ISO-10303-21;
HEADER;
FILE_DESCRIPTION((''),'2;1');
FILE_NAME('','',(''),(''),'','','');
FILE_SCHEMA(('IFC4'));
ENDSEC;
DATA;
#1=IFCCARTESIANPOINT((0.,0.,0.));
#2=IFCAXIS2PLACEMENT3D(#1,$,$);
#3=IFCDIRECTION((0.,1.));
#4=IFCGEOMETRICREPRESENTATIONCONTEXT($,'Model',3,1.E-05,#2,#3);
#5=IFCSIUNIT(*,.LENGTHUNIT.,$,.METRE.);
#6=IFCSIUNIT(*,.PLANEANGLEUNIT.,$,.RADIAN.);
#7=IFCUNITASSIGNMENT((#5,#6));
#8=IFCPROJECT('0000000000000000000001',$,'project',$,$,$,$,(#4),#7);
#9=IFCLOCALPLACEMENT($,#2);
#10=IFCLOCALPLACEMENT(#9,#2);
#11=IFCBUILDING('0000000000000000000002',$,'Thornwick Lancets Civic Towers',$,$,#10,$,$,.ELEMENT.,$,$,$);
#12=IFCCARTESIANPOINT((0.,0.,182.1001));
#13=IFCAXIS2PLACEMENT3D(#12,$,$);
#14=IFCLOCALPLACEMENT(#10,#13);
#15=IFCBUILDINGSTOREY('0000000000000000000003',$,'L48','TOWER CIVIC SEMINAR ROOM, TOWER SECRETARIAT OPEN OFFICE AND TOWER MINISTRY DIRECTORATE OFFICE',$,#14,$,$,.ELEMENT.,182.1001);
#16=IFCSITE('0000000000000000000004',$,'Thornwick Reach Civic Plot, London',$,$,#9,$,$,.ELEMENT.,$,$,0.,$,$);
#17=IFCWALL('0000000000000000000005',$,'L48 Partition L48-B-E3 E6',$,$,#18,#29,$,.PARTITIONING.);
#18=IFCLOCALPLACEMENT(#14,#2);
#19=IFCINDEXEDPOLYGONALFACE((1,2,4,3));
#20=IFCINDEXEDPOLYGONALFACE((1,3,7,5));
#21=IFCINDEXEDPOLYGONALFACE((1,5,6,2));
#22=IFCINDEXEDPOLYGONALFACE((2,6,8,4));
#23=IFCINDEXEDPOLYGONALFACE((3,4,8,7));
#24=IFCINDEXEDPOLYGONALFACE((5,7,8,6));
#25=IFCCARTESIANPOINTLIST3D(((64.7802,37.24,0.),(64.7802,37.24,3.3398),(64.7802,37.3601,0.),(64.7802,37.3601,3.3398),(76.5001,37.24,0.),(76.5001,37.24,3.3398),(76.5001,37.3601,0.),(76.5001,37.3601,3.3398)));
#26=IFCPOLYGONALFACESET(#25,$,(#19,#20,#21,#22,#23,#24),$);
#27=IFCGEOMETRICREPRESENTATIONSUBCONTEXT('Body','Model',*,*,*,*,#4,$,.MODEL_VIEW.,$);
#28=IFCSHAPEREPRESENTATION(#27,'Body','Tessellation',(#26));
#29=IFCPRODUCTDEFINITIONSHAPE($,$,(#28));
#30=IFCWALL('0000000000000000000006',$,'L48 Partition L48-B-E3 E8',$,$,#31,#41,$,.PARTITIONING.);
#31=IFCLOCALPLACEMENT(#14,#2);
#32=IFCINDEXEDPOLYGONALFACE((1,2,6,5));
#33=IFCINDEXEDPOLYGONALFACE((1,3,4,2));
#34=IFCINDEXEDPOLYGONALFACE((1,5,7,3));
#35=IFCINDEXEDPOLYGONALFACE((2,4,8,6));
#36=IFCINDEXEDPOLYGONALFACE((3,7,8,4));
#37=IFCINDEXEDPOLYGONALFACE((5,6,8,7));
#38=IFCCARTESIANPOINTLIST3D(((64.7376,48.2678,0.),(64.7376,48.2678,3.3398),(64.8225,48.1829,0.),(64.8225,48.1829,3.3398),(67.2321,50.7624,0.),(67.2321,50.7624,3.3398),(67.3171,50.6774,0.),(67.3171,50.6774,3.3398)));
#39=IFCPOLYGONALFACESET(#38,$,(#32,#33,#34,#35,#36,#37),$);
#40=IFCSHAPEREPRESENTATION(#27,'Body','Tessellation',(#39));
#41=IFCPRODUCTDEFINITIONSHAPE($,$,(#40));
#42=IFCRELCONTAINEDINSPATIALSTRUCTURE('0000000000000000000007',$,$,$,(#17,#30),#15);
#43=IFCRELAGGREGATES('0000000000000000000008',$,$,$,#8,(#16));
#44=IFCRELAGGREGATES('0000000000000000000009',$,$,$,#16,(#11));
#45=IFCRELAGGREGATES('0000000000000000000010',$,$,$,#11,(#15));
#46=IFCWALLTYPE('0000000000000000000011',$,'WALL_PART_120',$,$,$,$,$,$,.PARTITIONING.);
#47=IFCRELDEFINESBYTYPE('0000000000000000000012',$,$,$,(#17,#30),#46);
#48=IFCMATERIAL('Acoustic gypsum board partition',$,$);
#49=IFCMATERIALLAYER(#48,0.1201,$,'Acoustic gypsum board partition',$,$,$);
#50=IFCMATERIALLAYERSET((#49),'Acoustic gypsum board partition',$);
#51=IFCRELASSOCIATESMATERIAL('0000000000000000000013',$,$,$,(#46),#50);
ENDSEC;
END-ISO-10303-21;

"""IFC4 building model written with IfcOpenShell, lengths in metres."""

from ifc_helpers import new_model, si_unit, direction, frame, frame_2d, origin, place, context, subcontext, project, spatial, rectangle, extrude, material, layer, layer_set, type_object, element, save


model = new_model("IFC4")

# Units and contexts
model_context = context("Model", 3, precision=1e-05, world=origin(), true_north=direction((0.0, 1.0)))
body_context = subcontext(model_context, "Body", "Model", "MODEL_VIEW")
ifc_project = project(units=[si_unit("LENGTHUNIT", "METRE"), si_unit("PLANEANGLEUNIT", "RADIAN")], contexts=[model_context])

# Site, building, storey
site_placement = place(None, origin())
site = spatial("IfcSite", under=ifc_project, at=site_placement, Name="Thornwick Reach Civic Plot, London", CompositionType="ELEMENT", RefElevation=0.0)
building_placement = place(site_placement, origin())
building = spatial("IfcBuilding", under=site, at=building_placement, Name="Thornwick Lancets Civic Towers", CompositionType="ELEMENT")
storey_placement = place(building_placement, frame((0.0, 0.0, 182.1001)))
storey = spatial("IfcBuildingStorey", under=building, at=storey_placement, Name="L48", Description="TOWER CIVIC SEMINAR ROOM, TOWER SECRETARIAT OPEN OFFICE AND TOWER MINISTRY DIRECTORATE OFFICE", CompositionType="ELEMENT", Elevation=182.1001)

# Walls
ifc_material_1 = material(Name="Acoustic gypsum board partition")
ifc_layer_1 = layer(ifc_material_1, 0.1201, Name="Acoustic gypsum board partition")
ifc_layer_set_1 = layer_set([ifc_layer_1], Name="Acoustic gypsum board partition")
wall_type_1 = type_object("IfcWallType", Name="WALL_PART_120", PredefinedType="PARTITIONING", material=ifc_layer_set_1)
wall_1_placement = place(storey_placement, frame((76.5, 37.3, 0.0), z_axis=(0.0, 0.0, 1.0), x_axis=(-1.0, 0.0, 0.0)))
element("IfcWall", 1, at=wall_1_placement, inside=storey, type_object=wall_type_1, Name="L48 Partition L48-B-E3 E6", PredefinedType="PARTITIONING", context=body_context, shape_type="SweptSolid", body=[
    extrude(rectangle(XDim=11.72, YDim=0.1201, at=frame_2d((5.8599, 0.0))), origin(), (0.0, 0.0, 1.0), 3.3398),
])
wall_2_placement = place(storey_placement, frame((64.78, 48.2253, 0.0), z_axis=(0.0, 0.0, 1.0), x_axis=(0.707107, 0.707107, 0.0)))
element("IfcWall", 2, at=wall_2_placement, inside=storey, type_object=wall_type_1, Name="L48 Partition L48-B-E3 E8", PredefinedType="PARTITIONING", context=body_context, shape_type="SweptSolid", body=[
    extrude(rectangle(XDim=3.5278, YDim=0.1201, at=frame_2d((1.7639, 0.0))), origin(), (0.0, 0.0, 1.0), 3.3398),
])

save(model, "model.ifc")
